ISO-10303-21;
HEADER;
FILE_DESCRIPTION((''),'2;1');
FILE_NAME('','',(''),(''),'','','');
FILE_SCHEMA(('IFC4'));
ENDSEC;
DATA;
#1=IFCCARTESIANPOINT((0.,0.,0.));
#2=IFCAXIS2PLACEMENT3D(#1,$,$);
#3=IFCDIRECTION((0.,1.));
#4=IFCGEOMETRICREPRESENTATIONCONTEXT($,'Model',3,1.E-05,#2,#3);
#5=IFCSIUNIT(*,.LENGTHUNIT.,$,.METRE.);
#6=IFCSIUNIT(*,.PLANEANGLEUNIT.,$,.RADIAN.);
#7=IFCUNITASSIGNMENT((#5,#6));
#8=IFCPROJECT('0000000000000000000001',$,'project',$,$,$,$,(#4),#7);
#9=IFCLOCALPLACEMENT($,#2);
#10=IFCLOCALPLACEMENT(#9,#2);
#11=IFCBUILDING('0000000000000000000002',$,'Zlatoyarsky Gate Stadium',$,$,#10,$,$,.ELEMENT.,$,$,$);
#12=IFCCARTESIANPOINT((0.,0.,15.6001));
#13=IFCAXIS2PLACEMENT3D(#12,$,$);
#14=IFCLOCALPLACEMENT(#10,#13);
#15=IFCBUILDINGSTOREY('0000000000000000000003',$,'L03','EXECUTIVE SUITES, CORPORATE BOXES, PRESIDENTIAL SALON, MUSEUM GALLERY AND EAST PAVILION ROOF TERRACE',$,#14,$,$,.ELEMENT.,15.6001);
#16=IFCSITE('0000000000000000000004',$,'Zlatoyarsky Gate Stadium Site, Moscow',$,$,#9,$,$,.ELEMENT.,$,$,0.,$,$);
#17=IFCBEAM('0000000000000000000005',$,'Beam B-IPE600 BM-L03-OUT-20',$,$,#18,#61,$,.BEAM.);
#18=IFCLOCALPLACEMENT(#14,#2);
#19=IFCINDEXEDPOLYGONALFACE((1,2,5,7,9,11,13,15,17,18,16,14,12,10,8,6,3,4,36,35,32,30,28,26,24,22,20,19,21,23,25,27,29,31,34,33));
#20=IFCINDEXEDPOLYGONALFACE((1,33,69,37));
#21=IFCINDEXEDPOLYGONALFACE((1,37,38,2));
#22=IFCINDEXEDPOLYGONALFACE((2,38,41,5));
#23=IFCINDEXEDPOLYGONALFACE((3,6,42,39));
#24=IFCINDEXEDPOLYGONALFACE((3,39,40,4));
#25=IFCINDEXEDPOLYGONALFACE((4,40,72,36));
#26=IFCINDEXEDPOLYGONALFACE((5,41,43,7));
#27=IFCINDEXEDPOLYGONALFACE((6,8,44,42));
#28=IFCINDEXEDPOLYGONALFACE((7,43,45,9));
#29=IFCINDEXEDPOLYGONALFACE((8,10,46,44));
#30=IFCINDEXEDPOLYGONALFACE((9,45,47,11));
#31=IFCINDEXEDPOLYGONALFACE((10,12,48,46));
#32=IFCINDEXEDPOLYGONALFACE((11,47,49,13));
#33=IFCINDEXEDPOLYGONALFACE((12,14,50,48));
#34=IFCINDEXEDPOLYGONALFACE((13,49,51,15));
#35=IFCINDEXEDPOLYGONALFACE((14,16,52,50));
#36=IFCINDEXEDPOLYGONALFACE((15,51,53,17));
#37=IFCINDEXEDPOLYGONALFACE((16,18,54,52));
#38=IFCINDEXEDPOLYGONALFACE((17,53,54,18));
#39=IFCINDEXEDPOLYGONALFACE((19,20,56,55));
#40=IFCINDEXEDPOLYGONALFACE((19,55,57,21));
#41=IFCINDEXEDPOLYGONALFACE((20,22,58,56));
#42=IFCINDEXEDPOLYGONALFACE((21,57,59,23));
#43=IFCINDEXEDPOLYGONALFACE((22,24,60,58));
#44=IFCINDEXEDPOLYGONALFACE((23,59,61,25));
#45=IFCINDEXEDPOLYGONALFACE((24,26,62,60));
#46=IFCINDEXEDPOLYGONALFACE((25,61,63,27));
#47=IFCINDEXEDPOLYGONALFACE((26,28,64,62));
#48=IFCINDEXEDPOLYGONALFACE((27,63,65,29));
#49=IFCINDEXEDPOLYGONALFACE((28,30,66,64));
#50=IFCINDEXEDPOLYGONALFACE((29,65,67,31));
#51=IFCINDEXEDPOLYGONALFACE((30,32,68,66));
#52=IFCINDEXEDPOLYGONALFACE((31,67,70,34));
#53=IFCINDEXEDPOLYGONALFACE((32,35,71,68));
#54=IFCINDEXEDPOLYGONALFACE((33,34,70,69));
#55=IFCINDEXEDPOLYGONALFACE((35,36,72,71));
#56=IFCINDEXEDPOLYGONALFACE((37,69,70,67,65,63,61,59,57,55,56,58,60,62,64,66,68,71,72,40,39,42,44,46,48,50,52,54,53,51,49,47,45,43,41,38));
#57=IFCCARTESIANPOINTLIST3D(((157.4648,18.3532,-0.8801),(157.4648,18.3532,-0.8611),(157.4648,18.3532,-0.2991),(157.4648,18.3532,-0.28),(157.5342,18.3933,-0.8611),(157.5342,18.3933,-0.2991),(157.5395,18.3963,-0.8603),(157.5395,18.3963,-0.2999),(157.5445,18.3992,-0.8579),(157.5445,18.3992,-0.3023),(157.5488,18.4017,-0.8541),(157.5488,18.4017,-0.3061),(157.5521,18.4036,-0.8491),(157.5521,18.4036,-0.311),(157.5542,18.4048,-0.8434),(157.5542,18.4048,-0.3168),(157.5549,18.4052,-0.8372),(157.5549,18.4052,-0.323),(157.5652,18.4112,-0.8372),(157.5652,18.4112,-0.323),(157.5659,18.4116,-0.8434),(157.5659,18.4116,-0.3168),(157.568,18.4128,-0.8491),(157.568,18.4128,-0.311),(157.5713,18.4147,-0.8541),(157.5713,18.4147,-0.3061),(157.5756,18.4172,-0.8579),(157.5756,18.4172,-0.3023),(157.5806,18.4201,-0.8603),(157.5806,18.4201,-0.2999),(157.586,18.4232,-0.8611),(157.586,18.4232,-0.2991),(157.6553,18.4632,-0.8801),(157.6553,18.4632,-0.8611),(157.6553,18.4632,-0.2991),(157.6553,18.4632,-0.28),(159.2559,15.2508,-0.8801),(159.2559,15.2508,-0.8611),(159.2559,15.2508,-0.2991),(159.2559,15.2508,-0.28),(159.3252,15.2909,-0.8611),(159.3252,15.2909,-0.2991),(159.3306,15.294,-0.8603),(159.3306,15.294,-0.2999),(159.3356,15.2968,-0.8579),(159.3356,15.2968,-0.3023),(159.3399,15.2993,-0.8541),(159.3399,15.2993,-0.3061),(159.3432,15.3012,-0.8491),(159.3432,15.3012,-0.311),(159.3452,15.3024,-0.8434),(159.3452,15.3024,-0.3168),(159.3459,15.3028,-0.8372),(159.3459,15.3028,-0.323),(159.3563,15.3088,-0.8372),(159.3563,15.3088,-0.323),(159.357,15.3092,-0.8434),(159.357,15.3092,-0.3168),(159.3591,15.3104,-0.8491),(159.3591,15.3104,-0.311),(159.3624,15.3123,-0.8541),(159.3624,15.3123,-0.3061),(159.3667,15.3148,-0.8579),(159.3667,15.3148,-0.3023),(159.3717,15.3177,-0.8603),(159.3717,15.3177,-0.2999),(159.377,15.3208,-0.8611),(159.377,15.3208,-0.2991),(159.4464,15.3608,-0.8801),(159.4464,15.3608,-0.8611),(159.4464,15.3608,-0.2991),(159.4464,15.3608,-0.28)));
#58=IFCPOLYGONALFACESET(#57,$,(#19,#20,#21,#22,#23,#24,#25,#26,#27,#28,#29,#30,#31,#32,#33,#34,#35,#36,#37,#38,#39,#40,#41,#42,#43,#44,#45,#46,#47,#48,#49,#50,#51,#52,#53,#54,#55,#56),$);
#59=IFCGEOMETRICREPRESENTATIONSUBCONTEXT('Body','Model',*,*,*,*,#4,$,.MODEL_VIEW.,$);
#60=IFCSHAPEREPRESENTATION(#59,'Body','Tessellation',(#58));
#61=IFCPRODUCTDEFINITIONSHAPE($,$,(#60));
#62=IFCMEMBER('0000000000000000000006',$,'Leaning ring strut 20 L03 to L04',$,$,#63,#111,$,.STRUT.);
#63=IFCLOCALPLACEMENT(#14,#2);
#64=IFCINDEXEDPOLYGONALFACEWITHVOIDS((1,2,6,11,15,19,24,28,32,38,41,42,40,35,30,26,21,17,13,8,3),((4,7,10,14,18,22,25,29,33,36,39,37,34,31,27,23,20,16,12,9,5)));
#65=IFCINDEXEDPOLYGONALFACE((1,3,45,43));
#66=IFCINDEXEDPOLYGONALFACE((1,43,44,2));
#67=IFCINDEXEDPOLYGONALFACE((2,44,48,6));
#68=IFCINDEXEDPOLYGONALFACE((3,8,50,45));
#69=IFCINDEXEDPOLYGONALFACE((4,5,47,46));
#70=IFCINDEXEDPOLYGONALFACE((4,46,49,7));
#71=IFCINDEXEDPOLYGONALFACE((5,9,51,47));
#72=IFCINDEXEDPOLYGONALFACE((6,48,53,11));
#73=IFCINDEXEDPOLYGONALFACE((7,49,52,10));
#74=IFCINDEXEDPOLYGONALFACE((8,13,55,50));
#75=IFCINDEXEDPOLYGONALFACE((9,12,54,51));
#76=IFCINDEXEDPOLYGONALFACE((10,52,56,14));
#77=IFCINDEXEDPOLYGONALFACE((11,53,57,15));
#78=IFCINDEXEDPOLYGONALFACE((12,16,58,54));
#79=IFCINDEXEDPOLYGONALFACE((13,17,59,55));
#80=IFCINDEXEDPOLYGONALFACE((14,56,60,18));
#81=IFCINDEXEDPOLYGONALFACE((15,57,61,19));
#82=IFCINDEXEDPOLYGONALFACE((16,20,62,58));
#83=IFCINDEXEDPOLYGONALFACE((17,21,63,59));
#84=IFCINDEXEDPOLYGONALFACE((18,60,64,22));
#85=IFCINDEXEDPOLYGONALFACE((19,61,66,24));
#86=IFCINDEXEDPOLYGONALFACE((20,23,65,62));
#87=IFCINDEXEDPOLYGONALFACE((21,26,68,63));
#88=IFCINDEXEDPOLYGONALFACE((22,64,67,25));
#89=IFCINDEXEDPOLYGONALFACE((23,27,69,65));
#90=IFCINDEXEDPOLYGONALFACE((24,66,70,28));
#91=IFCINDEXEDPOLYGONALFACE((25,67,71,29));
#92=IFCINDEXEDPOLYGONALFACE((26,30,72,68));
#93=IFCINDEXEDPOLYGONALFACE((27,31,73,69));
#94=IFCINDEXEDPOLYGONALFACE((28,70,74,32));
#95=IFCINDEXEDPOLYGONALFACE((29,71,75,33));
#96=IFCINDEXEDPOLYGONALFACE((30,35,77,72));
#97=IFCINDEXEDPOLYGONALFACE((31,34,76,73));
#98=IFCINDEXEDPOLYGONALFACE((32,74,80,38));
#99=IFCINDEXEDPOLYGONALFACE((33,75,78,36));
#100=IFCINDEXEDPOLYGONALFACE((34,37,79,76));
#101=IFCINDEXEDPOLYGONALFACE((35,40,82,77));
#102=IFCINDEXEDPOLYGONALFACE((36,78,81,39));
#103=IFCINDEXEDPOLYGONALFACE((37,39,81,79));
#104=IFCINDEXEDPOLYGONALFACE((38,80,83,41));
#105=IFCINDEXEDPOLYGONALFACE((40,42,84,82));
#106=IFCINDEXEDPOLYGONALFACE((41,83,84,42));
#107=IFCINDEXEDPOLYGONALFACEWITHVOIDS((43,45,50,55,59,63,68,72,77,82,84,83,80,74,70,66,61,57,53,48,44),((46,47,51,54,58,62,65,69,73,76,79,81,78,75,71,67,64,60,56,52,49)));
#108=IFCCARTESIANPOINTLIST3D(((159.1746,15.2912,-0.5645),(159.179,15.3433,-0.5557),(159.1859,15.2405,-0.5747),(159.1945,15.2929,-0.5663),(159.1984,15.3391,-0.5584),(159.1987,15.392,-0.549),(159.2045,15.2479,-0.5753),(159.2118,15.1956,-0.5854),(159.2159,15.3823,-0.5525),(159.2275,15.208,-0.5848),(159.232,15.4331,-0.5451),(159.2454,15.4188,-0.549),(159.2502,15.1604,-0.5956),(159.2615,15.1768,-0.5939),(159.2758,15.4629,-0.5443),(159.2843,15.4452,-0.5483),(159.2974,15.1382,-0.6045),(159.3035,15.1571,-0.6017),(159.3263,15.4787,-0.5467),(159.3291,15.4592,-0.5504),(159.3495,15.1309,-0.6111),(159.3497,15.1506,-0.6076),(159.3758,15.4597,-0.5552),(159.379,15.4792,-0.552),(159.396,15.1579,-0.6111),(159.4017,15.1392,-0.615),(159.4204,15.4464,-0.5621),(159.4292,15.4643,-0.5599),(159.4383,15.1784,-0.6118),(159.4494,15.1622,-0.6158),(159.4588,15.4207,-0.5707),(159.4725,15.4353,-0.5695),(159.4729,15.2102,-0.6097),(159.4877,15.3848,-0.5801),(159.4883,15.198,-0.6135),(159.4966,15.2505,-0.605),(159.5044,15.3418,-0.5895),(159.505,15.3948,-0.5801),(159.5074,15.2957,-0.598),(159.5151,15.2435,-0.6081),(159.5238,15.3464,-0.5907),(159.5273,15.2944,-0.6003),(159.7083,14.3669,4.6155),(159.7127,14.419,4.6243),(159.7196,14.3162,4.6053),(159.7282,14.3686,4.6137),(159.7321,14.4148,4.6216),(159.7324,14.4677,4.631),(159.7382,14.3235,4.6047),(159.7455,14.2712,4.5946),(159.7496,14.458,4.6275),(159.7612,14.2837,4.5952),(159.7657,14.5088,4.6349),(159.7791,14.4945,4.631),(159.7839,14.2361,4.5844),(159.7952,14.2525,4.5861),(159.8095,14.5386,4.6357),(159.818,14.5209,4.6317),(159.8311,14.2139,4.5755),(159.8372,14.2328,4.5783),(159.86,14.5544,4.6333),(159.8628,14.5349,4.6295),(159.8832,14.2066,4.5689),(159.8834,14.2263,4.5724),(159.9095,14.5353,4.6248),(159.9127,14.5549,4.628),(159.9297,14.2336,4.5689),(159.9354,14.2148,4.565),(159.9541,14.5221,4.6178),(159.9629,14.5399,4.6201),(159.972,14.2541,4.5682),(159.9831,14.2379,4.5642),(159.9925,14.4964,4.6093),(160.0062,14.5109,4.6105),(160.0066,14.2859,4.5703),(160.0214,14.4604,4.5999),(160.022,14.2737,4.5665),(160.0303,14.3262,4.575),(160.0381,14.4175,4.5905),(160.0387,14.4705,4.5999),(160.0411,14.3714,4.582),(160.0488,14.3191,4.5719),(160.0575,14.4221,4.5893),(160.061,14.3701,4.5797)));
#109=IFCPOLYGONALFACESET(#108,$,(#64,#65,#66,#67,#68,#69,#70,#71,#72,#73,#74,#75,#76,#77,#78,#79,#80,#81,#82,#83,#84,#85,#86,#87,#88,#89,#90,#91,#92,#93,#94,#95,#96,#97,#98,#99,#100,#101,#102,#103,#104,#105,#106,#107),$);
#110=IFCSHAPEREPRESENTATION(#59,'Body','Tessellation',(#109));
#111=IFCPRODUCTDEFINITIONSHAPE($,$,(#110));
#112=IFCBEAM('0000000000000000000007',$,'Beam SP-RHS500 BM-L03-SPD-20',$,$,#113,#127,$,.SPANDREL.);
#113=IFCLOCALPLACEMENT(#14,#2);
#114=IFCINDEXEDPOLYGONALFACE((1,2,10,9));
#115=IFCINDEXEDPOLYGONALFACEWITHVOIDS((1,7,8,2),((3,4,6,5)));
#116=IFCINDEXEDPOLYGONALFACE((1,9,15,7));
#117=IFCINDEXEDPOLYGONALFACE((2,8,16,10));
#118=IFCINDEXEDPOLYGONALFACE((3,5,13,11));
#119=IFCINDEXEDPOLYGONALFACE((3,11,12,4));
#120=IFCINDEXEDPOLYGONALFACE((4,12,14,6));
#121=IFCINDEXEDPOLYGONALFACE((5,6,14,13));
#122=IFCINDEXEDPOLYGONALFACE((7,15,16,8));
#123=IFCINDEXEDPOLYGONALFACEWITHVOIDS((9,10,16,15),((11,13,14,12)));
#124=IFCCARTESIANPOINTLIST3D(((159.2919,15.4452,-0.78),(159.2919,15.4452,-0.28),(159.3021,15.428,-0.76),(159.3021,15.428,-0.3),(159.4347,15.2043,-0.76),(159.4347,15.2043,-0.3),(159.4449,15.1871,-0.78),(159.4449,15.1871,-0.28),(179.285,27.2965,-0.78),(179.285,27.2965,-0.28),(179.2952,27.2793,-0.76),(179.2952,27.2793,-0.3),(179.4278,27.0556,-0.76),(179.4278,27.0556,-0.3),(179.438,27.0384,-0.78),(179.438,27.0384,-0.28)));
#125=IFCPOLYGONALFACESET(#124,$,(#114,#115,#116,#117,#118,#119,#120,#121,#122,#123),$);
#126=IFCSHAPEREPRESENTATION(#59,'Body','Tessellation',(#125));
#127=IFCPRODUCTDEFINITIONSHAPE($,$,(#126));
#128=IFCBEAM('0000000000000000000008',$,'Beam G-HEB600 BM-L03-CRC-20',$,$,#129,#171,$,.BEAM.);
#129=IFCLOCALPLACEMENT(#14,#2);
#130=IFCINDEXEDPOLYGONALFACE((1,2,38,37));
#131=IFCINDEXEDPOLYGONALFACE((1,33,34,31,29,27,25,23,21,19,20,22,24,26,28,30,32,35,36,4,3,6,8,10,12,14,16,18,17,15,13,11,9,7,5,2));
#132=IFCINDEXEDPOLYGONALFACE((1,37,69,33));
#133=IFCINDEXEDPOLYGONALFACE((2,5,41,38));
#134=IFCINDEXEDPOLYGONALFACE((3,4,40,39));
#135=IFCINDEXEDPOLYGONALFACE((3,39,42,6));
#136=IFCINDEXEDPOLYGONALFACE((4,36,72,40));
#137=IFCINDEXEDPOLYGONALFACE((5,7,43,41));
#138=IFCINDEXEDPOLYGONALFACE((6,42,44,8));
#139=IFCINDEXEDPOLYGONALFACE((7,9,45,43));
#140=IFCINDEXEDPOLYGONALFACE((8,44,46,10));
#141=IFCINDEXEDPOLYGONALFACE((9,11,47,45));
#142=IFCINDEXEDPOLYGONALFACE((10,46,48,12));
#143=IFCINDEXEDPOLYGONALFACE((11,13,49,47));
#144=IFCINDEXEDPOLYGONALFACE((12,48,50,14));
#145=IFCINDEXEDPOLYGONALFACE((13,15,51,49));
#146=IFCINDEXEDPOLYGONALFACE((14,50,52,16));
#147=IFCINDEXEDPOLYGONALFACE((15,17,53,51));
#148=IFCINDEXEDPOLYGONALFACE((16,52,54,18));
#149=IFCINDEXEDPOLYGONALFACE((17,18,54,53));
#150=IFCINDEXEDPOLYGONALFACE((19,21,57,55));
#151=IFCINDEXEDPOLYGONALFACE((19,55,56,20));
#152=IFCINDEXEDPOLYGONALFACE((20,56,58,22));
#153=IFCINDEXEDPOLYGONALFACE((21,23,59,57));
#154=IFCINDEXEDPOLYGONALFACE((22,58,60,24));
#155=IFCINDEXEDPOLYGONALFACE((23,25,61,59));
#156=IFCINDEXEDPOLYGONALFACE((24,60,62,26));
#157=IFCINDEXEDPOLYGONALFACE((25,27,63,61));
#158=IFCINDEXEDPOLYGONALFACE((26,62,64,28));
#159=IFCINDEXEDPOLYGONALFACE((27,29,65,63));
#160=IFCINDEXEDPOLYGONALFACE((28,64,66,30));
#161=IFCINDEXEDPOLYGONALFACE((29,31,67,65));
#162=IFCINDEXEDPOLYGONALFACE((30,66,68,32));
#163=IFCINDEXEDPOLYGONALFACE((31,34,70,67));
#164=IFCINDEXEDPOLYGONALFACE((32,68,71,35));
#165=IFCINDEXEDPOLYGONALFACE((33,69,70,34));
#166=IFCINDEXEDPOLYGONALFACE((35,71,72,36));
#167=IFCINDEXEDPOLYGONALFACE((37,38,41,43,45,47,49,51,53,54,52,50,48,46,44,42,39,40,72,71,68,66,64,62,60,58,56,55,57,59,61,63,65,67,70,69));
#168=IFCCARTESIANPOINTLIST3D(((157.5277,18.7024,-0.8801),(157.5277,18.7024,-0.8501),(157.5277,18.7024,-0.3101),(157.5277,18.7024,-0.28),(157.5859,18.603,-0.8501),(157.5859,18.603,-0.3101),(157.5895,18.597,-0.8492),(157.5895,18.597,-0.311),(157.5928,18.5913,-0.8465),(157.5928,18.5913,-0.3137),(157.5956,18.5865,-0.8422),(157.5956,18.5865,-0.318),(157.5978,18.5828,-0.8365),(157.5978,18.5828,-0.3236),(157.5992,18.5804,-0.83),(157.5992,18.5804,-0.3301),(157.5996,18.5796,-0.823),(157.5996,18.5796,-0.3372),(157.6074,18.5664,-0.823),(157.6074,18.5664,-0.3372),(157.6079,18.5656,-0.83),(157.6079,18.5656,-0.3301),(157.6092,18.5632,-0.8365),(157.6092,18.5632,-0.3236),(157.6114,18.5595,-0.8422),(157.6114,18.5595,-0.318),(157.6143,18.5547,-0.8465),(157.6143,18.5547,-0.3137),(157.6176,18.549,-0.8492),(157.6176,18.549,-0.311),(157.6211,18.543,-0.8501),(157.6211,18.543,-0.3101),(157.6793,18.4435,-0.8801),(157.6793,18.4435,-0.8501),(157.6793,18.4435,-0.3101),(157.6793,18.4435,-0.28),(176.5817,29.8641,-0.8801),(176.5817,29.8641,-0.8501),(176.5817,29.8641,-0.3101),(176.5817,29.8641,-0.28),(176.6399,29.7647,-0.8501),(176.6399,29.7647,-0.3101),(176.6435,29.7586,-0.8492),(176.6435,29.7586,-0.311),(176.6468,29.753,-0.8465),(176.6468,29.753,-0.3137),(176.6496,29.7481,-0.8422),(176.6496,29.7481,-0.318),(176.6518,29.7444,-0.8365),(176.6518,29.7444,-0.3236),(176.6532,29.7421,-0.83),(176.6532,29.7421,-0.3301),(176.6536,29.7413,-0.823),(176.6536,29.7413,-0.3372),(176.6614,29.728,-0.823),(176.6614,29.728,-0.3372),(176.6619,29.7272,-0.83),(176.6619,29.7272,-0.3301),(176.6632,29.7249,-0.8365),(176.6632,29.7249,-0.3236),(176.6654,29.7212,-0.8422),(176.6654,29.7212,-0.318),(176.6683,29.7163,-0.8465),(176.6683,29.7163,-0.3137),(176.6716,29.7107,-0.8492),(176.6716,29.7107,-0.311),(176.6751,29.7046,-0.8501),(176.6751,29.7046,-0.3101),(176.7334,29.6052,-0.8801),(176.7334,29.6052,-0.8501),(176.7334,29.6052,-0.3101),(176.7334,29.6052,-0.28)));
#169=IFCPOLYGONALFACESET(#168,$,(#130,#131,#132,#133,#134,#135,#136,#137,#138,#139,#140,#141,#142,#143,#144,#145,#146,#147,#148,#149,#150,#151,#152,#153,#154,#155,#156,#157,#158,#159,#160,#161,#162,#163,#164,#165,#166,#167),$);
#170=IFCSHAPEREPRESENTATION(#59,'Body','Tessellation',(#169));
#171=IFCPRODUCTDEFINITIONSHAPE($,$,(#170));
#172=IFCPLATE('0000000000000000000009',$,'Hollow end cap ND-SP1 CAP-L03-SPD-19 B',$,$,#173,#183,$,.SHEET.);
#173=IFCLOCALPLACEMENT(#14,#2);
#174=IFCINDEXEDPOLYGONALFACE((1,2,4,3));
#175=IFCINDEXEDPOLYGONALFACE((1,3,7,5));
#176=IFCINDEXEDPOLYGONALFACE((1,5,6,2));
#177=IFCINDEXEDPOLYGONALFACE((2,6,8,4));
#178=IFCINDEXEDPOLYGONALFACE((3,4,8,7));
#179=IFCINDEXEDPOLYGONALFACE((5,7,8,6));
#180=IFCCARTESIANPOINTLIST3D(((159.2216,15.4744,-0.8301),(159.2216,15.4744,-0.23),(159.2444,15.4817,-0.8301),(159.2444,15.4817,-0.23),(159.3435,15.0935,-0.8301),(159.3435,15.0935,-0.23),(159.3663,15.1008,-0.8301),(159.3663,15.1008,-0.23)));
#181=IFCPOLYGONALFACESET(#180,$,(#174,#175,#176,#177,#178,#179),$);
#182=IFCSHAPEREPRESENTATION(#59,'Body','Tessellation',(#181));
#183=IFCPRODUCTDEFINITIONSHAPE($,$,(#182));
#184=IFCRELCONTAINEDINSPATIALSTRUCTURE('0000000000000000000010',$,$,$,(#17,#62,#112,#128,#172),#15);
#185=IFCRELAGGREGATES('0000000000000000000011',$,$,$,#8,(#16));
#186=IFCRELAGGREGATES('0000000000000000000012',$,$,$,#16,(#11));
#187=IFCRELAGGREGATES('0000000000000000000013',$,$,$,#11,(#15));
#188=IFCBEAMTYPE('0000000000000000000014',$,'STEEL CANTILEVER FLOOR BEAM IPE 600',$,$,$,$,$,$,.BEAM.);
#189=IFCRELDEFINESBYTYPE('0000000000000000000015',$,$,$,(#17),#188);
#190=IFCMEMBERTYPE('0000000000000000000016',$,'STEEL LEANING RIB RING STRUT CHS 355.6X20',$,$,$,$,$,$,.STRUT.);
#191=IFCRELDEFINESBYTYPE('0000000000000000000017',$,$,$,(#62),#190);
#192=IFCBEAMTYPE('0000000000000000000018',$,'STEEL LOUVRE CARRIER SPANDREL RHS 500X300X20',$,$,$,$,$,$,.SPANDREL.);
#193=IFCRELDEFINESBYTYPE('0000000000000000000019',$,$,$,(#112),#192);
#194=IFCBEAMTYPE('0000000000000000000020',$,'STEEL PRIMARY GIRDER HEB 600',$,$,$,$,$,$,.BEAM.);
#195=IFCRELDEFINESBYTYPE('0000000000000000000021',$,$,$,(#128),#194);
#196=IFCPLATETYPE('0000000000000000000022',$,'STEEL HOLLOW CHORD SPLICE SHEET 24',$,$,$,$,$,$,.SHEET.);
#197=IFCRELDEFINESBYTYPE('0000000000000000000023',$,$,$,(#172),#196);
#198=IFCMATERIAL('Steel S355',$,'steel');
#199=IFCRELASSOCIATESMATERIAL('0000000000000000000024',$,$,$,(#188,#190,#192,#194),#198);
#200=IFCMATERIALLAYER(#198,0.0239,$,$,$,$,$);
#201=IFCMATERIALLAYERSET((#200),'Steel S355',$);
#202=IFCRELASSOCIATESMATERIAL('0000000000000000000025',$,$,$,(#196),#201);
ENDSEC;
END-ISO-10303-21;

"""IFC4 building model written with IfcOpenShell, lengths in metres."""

from ifc_helpers import new_model, si_unit, direction, frame, origin, origin_2d, place, context, subcontext, project, spatial, rectangle, hollow_rectangle, hollow_circle, i_section, extrude, material, layer, layer_set, material_profile, profile_set, type_object, element, save


model = new_model("IFC4")

# Units and contexts
model_context = context("Model", 3, precision=1e-05, world=origin(), true_north=direction((0.0, 1.0)))
body_context = subcontext(model_context, "Body", "Model", "MODEL_VIEW")
ifc_project = project(units=[si_unit("LENGTHUNIT", "METRE"), si_unit("PLANEANGLEUNIT", "RADIAN")], contexts=[model_context])

# Site, building, storey
site_placement = place(None, origin())
site = spatial("IfcSite", under=ifc_project, at=site_placement, Name="Zlatoyarsky Gate Stadium Site, Moscow", CompositionType="ELEMENT", RefElevation=0.0)
building_placement = place(site_placement, origin())
building = spatial("IfcBuilding", under=site, at=building_placement, Name="Zlatoyarsky Gate Stadium", CompositionType="ELEMENT")
storey_placement = place(building_placement, frame((0.0, 0.0, 15.6001)))
storey = spatial("IfcBuildingStorey", under=building, at=storey_placement, Name="L03", Description="EXECUTIVE SUITES, CORPORATE BOXES, PRESIDENTIAL SALON, MUSEUM GALLERY AND EAST PAVILION ROOF TERRACE", CompositionType="ELEMENT", Elevation=15.6001)

# Shared definitions
ifc_material_1 = material(Name="Steel S355", Category="steel")

# Beam
ifc_material_profile_1 = material_profile(ifc_material_1, i_section(OverallWidth=0.22, OverallDepth=0.6001, WebThickness=0.012, FlangeThickness=0.019, FilletRadius=0.0239, at=origin_2d()), Name="IPE 600")
ifc_profile_set_1 = profile_set([ifc_material_profile_1], Name="Steel S355")
beam_type_1 = type_object("IfcBeamType", Name="STEEL CANTILEVER FLOOR BEAM IPE 600", PredefinedType="BEAM", material=ifc_profile_set_1)
beam_1_placement = place(storey_placement, frame((157.5601, 18.4082, -0.5801), z_axis=(0.49998, -0.866037, 0.0), x_axis=(0.866037, 0.49998, 0.0)))
element("IfcBeam", 1, at=beam_1_placement, inside=storey, type_object=beam_type_1, Name="Beam B-IPE600 BM-L03-OUT-20", PredefinedType="BEAM", context=body_context, shape_type="SweptSolid", body=[
    extrude(i_section(OverallWidth=0.22, OverallDepth=0.6001, WebThickness=0.012, FlangeThickness=0.019, FilletRadius=0.0239, at=origin_2d()), origin(), (0.0, 0.0, 1.0), 3.5823),
])

# Member
ifc_material_profile_2 = material_profile(ifc_material_1, hollow_circle(Radius=0.1777, WallThickness=0.02, at=origin_2d()), Name="CHS 355.6X20")
ifc_profile_set_2 = profile_set([ifc_material_profile_2], Name="Steel S355")
member_type_1 = type_object("IfcMemberType", Name="STEEL LEANING RIB RING STRUT CHS 355.6X20", PredefinedType="STRUT", material=ifc_profile_set_2)
member_1_placement = place(storey_placement, frame((159.3511, 15.3059, -0.5801), z_axis=(0.100911, -0.17477, 0.979425), x_axis=(0.86601, 0.500026, 0.0)))
element("IfcMember", 2, at=member_1_placement, inside=storey, type_object=member_type_1, Name="Leaning ring strut 20 L03 to L04", PredefinedType="STRUT", context=body_context, shape_type="SweptSolid", body=[
    extrude(hollow_circle(Radius=0.1777, WallThickness=0.02, at=origin_2d()), origin(), (0.0, 0.0, 1.0), 5.2888),
])

# Beams
ifc_material_profile_3 = material_profile(ifc_material_1, hollow_rectangle(XDim=0.3, YDim=0.5, WallThickness=0.02, at=origin_2d()), Name="RHS 500X300X20")
ifc_profile_set_3 = profile_set([ifc_material_profile_3], Name="Steel S355")
beam_type_2 = type_object("IfcBeamType", Name="STEEL LOUVRE CARRIER SPANDREL RHS 500X300X20", PredefinedType="SPANDREL", material=ifc_profile_set_3)
beam_2_placement = place(storey_placement, frame((159.3684, 15.3162, -0.53), z_axis=(0.860225, 0.509914, 0.0), x_axis=(-0.509914, 0.860225, 0.0)))
element("IfcBeam", 3, at=beam_2_placement, inside=storey, type_object=beam_type_2, Name="Beam SP-RHS500 BM-L03-SPD-20", PredefinedType="SPANDREL", context=body_context, shape_type="SweptSolid", body=[
    extrude(hollow_rectangle(XDim=0.3, YDim=0.5, WallThickness=0.02, at=origin_2d()), origin(), (0.0, 0.0, 1.0), 23.2417),
])
ifc_material_profile_4 = material_profile(ifc_material_1, i_section(OverallWidth=0.3, OverallDepth=0.6001, WebThickness=0.0154, FlangeThickness=0.03, FilletRadius=0.0271, at=origin_2d()), Name="HEB 600")
ifc_profile_set_4 = profile_set([ifc_material_profile_4], Name="Steel S355")
beam_type_3 = type_object("IfcBeamType", Name="STEEL PRIMARY GIRDER HEB 600", PredefinedType="BEAM", material=ifc_profile_set_4)
beam_3_placement = place(storey_placement, frame((157.6035, 18.573, -0.5801), z_axis=(0.862855, 0.505452, 0.0), x_axis=(-0.505452, 0.862855, 0.0)))
element("IfcBeam", 4, at=beam_3_placement, inside=storey, type_object=beam_type_3, Name="Beam G-HEB600 BM-L03-CRC-20", PredefinedType="BEAM", context=body_context, shape_type="SweptSolid", body=[
    extrude(i_section(OverallWidth=0.3, OverallDepth=0.6001, WebThickness=0.0154, FlangeThickness=0.03, FilletRadius=0.0271, at=origin_2d()), origin(), (0.0, 0.0, 1.0), 22.0825),
])

# Plate
ifc_layer_1 = layer(ifc_material_1, 0.0239)
ifc_layer_set_1 = layer_set([ifc_layer_1], Name="Steel S355")
plate_type_1 = type_object("IfcPlateType", Name="STEEL HOLLOW CHORD SPLICE SHEET 24", PredefinedType="SHEET", material=ifc_layer_set_1)
plate_1_placement = place(storey_placement, frame((159.2939, 15.2876, -0.8301), z_axis=(0.0, 0.0, 1.0), x_axis=(0.95243, 0.304759, 0.0)))
element("IfcPlate", 5, at=plate_1_placement, inside=storey, type_object=plate_type_1, Name="Hollow end cap ND-SP1 CAP-L03-SPD-19 B", PredefinedType="SHEET", context=body_context, shape_type="SweptSolid", body=[
    extrude(rectangle(XDim=0.0239, YDim=0.3999, at=origin_2d()), origin(), (0.0, 0.0, 1.0), 0.6001),
])

save(model, "model.ifc")
